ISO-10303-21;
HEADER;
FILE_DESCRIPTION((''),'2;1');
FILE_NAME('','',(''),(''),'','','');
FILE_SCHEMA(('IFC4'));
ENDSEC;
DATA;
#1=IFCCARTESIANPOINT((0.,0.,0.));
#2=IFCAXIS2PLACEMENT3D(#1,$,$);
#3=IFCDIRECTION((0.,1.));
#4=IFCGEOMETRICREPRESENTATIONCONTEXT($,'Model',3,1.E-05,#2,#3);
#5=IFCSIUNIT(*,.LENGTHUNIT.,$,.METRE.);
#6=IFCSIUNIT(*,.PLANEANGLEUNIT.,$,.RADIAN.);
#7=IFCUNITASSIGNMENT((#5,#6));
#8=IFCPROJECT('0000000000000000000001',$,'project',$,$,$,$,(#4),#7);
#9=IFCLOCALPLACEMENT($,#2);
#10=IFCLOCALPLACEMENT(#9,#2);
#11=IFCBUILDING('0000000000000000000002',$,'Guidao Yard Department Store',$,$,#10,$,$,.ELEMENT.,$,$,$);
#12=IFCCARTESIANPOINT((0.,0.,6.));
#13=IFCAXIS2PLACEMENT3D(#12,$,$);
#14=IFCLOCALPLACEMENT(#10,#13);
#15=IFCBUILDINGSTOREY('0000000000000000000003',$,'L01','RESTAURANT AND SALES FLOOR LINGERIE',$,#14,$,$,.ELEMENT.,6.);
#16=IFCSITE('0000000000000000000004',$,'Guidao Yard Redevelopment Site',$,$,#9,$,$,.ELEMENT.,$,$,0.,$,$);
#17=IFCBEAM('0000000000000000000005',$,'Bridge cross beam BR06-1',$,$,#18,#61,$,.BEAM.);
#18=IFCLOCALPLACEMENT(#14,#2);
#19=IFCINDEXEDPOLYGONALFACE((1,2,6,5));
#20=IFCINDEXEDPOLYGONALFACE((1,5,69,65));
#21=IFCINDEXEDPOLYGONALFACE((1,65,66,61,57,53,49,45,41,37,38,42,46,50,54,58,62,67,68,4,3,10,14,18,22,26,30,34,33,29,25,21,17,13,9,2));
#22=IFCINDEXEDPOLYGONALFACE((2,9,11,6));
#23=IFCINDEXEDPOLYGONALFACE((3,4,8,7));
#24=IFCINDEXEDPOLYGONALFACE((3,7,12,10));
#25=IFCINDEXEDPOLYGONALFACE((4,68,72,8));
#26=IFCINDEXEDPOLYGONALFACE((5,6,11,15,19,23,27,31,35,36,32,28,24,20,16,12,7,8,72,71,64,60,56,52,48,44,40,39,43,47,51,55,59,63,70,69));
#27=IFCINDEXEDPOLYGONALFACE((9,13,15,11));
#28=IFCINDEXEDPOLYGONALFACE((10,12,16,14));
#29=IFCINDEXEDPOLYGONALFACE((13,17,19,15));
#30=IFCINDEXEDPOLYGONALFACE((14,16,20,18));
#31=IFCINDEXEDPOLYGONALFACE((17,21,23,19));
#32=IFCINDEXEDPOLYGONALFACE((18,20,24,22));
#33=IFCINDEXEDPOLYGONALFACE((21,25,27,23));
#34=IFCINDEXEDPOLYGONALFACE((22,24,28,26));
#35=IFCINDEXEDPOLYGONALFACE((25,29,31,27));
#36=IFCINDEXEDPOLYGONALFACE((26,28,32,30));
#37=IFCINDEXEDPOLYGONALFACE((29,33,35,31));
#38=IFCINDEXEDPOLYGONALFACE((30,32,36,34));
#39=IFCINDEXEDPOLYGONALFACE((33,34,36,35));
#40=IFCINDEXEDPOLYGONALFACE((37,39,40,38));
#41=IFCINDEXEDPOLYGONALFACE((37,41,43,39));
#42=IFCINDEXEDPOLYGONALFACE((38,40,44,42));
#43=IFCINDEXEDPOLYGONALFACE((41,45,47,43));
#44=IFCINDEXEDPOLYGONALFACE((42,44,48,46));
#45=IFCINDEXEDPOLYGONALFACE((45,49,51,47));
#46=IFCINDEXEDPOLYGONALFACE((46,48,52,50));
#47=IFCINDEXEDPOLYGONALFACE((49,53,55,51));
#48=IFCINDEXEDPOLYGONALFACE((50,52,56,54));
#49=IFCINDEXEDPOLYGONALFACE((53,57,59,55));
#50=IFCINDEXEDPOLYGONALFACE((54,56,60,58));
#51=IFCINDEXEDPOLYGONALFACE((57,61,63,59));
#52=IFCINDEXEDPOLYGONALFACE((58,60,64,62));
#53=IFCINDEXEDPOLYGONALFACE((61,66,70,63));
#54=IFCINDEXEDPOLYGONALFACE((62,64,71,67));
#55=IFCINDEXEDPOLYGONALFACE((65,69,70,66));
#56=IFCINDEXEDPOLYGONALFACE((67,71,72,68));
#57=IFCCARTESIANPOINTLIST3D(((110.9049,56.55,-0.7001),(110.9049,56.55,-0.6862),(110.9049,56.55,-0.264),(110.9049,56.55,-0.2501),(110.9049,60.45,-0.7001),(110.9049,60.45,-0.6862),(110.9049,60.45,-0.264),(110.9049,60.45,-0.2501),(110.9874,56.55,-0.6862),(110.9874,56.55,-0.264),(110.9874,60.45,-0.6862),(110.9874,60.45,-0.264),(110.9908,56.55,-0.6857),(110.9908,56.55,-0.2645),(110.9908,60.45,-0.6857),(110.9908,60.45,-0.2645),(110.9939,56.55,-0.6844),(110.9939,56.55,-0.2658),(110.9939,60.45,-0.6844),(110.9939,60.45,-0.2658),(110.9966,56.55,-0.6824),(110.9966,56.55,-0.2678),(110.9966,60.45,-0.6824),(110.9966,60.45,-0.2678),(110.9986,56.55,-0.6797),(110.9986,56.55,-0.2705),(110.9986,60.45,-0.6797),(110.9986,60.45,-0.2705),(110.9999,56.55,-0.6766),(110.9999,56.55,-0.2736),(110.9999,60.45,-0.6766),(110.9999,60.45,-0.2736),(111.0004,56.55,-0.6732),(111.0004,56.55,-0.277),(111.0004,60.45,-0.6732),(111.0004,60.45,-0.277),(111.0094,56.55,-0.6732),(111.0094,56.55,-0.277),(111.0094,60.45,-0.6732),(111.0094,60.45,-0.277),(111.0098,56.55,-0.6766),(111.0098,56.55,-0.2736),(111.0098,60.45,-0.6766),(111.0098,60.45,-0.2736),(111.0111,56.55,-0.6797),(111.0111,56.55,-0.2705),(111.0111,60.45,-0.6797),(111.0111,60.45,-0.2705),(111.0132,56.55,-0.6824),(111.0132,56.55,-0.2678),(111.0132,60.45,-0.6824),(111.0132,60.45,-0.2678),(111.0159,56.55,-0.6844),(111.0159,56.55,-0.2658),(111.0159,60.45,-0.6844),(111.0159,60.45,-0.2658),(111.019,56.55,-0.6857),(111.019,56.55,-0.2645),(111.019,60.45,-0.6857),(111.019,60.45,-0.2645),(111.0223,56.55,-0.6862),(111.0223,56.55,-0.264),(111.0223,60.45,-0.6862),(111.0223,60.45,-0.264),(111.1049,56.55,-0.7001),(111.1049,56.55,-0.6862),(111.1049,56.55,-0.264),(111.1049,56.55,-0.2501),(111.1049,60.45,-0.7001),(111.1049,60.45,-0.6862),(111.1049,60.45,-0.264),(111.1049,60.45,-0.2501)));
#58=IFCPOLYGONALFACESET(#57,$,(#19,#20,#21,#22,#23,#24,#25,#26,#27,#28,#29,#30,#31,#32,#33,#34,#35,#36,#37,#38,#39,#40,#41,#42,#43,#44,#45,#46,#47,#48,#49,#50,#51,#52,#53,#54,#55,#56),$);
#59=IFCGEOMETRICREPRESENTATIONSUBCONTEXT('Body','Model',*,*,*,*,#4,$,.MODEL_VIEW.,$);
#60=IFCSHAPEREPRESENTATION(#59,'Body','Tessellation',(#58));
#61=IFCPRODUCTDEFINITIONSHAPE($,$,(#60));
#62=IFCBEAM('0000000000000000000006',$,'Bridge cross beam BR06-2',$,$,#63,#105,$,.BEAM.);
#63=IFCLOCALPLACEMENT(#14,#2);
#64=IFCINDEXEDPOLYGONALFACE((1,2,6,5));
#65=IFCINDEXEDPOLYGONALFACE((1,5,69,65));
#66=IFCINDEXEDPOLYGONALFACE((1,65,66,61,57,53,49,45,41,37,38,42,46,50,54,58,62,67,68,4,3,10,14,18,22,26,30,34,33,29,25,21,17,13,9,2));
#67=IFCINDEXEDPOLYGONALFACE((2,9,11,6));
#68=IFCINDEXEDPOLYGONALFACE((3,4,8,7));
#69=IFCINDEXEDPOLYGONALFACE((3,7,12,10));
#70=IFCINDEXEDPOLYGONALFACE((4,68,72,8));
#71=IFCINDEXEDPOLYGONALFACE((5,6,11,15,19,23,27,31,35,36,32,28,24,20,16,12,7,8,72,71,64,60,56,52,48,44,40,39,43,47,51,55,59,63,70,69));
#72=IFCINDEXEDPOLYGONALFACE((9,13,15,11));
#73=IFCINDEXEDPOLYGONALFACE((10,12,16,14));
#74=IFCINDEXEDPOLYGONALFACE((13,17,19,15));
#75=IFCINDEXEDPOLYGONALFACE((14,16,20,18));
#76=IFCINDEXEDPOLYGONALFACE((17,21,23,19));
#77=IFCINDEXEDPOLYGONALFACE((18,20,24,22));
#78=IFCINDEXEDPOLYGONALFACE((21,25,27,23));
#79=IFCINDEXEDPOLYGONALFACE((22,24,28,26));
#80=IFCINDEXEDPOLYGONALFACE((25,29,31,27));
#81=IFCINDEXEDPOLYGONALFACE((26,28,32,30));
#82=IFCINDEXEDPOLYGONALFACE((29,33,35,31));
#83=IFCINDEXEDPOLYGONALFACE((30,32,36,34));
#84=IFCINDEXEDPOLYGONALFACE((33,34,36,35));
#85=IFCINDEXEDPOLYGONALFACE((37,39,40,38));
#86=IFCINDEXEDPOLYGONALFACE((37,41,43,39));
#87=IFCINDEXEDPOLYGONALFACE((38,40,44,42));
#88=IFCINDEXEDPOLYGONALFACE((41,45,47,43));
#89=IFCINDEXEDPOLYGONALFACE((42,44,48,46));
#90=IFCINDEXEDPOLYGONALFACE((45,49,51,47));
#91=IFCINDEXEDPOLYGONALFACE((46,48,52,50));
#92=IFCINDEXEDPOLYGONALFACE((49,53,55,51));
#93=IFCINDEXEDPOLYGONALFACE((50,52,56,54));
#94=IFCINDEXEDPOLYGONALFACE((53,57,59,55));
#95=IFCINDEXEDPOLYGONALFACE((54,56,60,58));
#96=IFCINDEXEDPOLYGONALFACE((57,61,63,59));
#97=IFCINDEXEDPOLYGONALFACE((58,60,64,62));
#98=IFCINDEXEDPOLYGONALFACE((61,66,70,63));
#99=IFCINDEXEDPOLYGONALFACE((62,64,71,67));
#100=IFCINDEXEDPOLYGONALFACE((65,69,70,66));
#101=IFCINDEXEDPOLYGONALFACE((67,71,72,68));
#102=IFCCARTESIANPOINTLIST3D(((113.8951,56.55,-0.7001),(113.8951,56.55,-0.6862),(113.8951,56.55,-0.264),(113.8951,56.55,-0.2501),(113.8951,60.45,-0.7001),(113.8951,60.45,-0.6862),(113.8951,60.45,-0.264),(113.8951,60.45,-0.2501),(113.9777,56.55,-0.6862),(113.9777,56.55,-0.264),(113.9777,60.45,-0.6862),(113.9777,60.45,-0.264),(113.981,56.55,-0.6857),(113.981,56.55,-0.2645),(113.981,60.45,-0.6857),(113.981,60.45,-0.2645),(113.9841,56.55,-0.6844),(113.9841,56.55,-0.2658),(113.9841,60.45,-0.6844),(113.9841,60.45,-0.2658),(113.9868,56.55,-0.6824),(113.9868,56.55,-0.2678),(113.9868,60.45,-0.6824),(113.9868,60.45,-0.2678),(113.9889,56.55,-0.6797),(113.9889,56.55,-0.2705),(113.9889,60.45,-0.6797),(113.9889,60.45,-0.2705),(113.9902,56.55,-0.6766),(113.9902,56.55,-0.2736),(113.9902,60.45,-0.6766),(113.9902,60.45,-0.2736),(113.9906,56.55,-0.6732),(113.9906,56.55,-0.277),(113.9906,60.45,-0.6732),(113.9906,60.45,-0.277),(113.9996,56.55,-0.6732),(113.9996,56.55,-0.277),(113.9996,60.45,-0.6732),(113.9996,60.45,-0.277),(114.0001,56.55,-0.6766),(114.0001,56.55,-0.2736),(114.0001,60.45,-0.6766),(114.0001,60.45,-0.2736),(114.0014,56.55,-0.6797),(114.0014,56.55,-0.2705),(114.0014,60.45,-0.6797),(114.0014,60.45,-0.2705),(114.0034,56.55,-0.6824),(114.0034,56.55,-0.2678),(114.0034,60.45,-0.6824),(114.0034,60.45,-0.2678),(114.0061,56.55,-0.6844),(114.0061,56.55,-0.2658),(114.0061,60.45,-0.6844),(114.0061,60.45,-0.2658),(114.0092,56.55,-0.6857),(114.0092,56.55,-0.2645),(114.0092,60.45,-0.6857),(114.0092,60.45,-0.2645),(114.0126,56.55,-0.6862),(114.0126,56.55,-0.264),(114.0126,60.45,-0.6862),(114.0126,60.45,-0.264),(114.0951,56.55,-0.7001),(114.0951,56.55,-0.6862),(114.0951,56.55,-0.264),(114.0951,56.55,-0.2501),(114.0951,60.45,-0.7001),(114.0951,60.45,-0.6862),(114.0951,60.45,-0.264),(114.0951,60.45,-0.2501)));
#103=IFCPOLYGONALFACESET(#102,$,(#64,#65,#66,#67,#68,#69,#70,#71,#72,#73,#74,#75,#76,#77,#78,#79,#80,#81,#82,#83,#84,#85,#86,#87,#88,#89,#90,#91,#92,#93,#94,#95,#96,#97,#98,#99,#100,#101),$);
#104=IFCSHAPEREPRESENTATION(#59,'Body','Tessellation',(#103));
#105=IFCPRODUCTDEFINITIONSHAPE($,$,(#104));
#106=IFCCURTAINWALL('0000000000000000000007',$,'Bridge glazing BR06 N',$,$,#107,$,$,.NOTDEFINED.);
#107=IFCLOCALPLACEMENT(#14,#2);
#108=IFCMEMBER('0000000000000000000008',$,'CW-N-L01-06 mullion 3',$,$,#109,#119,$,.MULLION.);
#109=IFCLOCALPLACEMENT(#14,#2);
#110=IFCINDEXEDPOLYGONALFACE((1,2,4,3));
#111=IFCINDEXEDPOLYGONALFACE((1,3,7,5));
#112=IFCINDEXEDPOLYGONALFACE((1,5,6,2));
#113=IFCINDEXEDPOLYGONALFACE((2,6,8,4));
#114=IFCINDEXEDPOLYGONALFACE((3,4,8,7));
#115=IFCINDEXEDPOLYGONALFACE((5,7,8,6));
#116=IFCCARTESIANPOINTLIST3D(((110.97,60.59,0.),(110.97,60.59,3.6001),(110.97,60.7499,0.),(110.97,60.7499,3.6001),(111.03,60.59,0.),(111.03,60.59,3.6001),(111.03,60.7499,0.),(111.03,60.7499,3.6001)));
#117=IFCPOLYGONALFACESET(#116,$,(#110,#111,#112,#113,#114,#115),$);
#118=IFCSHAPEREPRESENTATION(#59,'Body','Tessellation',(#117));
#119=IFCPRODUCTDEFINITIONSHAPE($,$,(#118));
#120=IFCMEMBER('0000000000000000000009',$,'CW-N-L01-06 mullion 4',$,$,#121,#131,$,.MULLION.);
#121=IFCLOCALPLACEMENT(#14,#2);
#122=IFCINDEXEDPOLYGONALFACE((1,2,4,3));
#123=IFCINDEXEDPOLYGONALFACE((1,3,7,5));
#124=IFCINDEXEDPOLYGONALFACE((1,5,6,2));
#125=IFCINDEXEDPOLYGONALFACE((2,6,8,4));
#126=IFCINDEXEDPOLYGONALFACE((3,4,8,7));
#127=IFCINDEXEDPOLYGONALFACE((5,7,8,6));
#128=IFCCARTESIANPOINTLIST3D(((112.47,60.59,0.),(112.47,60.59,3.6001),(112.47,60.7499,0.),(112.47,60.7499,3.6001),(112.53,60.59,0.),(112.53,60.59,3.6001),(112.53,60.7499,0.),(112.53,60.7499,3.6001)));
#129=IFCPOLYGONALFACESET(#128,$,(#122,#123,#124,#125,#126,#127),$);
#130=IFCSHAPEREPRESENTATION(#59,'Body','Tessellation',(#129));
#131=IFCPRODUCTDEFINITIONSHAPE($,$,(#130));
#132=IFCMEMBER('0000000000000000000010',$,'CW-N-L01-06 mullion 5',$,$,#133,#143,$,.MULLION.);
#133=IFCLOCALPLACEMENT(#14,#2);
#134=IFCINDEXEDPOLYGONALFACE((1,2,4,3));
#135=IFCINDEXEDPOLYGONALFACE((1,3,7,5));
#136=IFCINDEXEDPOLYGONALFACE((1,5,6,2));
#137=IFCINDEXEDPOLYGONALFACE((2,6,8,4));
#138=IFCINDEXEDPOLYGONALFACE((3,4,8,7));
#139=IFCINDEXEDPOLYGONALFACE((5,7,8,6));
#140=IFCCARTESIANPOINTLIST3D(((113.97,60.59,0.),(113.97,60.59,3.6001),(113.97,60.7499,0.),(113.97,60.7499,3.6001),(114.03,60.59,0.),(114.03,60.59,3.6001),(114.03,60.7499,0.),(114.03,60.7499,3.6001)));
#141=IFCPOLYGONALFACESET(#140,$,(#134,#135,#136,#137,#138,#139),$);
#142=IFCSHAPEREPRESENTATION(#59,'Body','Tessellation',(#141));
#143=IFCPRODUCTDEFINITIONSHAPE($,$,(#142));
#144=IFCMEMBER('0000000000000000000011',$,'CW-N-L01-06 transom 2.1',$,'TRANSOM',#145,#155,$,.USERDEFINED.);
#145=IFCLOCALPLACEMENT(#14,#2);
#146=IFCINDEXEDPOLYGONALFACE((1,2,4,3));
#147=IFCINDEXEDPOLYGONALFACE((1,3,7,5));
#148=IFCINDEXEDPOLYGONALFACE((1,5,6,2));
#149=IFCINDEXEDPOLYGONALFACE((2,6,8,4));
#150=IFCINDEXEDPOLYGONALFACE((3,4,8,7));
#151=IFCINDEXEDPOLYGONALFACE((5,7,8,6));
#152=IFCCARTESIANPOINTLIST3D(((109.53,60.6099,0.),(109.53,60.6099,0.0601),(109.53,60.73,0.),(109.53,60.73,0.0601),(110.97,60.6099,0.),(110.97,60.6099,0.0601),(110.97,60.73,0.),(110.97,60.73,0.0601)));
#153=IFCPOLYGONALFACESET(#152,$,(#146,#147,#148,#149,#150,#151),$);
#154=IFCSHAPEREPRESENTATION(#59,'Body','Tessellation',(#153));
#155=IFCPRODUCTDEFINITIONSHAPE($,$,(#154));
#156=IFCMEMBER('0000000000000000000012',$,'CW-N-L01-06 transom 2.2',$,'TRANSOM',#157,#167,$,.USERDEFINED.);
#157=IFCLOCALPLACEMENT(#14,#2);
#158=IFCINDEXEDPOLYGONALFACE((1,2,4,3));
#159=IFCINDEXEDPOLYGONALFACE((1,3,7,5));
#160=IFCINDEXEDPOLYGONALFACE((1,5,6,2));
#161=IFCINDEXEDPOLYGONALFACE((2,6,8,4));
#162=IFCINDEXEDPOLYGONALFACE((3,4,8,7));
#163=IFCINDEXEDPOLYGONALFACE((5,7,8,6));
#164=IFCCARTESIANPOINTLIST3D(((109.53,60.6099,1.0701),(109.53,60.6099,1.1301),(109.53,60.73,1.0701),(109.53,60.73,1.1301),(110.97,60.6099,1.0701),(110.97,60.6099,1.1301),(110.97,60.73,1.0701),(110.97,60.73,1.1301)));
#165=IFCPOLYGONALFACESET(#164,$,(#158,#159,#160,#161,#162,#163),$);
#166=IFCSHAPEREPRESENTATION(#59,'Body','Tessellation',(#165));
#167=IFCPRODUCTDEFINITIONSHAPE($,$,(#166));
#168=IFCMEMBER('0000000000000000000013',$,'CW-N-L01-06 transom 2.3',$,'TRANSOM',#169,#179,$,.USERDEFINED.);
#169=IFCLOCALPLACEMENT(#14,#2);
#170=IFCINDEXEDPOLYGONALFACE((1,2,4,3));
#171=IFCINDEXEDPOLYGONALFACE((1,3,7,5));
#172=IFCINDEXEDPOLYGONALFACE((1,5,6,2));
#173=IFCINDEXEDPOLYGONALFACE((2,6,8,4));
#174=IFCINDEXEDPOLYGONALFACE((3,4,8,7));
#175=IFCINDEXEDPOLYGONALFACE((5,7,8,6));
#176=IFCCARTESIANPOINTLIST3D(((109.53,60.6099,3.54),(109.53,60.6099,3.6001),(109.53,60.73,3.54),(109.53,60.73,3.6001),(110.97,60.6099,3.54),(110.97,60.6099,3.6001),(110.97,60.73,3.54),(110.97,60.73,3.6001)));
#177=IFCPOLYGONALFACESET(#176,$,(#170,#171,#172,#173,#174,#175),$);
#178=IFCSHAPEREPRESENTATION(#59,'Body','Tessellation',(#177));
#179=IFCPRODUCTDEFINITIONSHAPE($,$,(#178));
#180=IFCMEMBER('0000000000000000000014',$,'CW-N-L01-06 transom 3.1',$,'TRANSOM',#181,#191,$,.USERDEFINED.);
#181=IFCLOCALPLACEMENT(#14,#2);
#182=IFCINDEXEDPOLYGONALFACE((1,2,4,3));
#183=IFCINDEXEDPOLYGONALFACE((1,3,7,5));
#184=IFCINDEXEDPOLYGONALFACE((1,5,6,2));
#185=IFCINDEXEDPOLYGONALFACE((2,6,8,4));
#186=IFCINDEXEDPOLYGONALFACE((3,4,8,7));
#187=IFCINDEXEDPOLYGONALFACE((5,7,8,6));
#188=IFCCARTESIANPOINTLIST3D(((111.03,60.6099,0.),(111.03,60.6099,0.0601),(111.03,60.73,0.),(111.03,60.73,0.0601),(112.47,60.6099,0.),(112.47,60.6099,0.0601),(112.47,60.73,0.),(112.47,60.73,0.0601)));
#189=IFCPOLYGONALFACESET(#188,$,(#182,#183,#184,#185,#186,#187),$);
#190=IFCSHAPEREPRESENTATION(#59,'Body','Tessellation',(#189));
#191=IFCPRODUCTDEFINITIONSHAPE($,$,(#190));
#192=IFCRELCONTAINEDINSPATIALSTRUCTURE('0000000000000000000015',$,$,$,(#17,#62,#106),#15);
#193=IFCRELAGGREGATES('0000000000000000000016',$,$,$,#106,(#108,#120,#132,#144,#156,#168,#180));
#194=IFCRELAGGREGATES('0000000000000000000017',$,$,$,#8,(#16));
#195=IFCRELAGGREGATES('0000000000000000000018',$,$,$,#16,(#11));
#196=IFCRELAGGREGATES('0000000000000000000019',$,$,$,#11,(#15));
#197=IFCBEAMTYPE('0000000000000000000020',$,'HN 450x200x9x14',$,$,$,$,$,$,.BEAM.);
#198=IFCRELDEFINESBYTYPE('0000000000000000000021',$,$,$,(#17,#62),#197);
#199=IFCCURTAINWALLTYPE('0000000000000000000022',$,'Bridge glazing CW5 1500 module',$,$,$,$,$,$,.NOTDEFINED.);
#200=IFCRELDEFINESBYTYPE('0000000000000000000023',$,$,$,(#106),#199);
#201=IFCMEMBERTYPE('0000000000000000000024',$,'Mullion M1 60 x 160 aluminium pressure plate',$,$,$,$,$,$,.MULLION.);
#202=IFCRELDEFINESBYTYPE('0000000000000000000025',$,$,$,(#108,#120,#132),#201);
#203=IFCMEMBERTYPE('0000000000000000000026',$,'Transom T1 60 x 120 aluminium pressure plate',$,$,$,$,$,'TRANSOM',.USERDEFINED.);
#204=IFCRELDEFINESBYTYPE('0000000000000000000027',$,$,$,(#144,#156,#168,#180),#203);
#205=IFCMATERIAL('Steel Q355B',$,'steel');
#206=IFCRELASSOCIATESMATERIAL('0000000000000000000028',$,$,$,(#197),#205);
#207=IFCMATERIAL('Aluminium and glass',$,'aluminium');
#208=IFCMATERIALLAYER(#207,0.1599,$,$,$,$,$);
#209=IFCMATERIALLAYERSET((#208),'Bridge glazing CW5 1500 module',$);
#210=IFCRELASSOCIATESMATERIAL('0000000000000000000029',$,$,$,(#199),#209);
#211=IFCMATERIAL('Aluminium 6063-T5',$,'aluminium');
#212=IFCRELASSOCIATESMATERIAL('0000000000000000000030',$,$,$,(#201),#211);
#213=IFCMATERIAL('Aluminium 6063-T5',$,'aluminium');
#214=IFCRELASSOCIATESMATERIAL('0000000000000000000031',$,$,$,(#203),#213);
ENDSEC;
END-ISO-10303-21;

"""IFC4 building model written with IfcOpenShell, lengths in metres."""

from ifc_helpers import new_model, si_unit, direction, frame, origin, origin_2d, place, context, subcontext, project, spatial, rectangle, i_section, extrude, material, layer, layer_set, material_profile, profile_set, type_object, element, aggregate, save


model = new_model("IFC4")

# Units and contexts
model_context = context("Model", 3, precision=1e-05, world=origin(), true_north=direction((0.0, 1.0)))
body_context = subcontext(model_context, "Body", "Model", "MODEL_VIEW")
ifc_project = project(units=[si_unit("LENGTHUNIT", "METRE"), si_unit("PLANEANGLEUNIT", "RADIAN")], contexts=[model_context])

# Site, building, storey
site_placement = place(None, origin())
site = spatial("IfcSite", under=ifc_project, at=site_placement, Name="Guidao Yard Redevelopment Site", CompositionType="ELEMENT", RefElevation=0.0)
building_placement = place(site_placement, origin())
building = spatial("IfcBuilding", under=site, at=building_placement, Name="Guidao Yard Department Store", CompositionType="ELEMENT")
storey_placement = place(building_placement, frame((0.0, 0.0, 6.0)))
storey = spatial("IfcBuildingStorey", under=building, at=storey_placement, Name="L01", Description="RESTAURANT AND SALES FLOOR LINGERIE", CompositionType="ELEMENT", Elevation=6.0)

# Beams
ifc_material_1 = material(Name="Steel Q355B", Category="steel")
ifc_material_profile_1 = material_profile(ifc_material_1, i_section(OverallWidth=0.2, OverallDepth=0.45, WebThickness=0.009, FlangeThickness=0.0139, FilletRadius=0.0129, at=origin_2d()), Name="HN 450x200x9x14")
ifc_profile_set_1 = profile_set([ifc_material_profile_1], Name="Steel Q355B")
beam_type = type_object("IfcBeamType", Name="HN 450x200x9x14", PredefinedType="BEAM", material=ifc_profile_set_1)
for number, where, z_axis, x_axis, name in (
    (1, (111.0049, 56.55, -0.4751), (0.0, 1.0, 0.0), (-1.0, 0.0, 0.0), "Bridge cross beam BR06-1"),
    (2, (113.9951, 56.55, -0.4751), (0.0, 1.0, 0.0), (-1.0, 0.0, 0.0), "Bridge cross beam BR06-2"),
):
    element("IfcBeam", number, at=place(storey_placement, frame(where, z_axis=z_axis, x_axis=x_axis)), inside=storey, type_object=beam_type, Name=name, PredefinedType="BEAM", context=body_context, shape_type="SweptSolid", body=[
        extrude(i_section(OverallWidth=0.2, OverallDepth=0.45, WebThickness=0.009, FlangeThickness=0.0139, FilletRadius=0.0129, at=origin_2d()), origin(), (0.0, 0.0, 1.0), 3.8999),
    ])

# Curtain wall, members
ifc_material_2 = material(Name="Aluminium and glass", Category="aluminium")
ifc_layer_1 = layer(ifc_material_2, 0.1599)
ifc_layer_set_1 = layer_set([ifc_layer_1], Name="Bridge glazing CW5 1500 module")
curtain_wall_type = type_object("IfcCurtainWallType", Name="Bridge glazing CW5 1500 module", PredefinedType="NOTDEFINED", material=ifc_layer_set_1)
curtain_wall_1_placement = place(storey_placement, origin())
curtain_wall_1 = element("IfcCurtainWall", 3, at=curtain_wall_1_placement, inside=storey, type_object=curtain_wall_type, Name="Bridge glazing BR06 N", PredefinedType="NOTDEFINED")
ifc_material_3 = material(Name="Aluminium 6063-T5", Category="aluminium")
ifc_material_profile_2 = material_profile(ifc_material_3, rectangle(XDim=0.0601, YDim=0.1599, at=origin_2d()), Name="Mullion M1 60 x 160 aluminium pressure plate")
ifc_profile_set_2 = profile_set([ifc_material_profile_2], Name="Aluminium 6063-T5")
member_type_1 = type_object("IfcMemberType", Name="Mullion M1 60 x 160 aluminium pressure plate", PredefinedType="MULLION", material=ifc_profile_set_2)
member_1_placement = place(storey_placement, frame((111.0, 60.6699, 0.0), z_axis=(0.0, 0.0, 1.0), x_axis=(1.0, 0.0, 0.0)))
member_1 = element("IfcMember", 4, at=member_1_placement, type_object=member_type_1, Name="CW-N-L01-06 mullion 3", PredefinedType="MULLION", context=body_context, shape_type="SweptSolid", body=[
    extrude(rectangle(XDim=0.0601, YDim=0.1599, at=origin_2d()), origin(), (0.0, 0.0, 1.0), 3.6001),
])
member_2_placement = place(storey_placement, frame((112.5, 60.6699, 0.0), z_axis=(0.0, 0.0, 1.0), x_axis=(1.0, 0.0, 0.0)))
member_2 = element("IfcMember", 5, at=member_2_placement, type_object=member_type_1, Name="CW-N-L01-06 mullion 4", PredefinedType="MULLION", context=body_context, shape_type="SweptSolid", body=[
    extrude(rectangle(XDim=0.0601, YDim=0.1599, at=origin_2d()), origin(), (0.0, 0.0, 1.0), 3.6001),
])
member_3_placement = place(storey_placement, frame((114.0, 60.6699, 0.0), z_axis=(0.0, 0.0, 1.0), x_axis=(1.0, 0.0, 0.0)))
member_3 = element("IfcMember", 6, at=member_3_placement, type_object=member_type_1, Name="CW-N-L01-06 mullion 5", PredefinedType="MULLION", context=body_context, shape_type="SweptSolid", body=[
    extrude(rectangle(XDim=0.0601, YDim=0.1599, at=origin_2d()), origin(), (0.0, 0.0, 1.0), 3.6001),
])
ifc_material_4 = material(Name="Aluminium 6063-T5", Category="aluminium")
ifc_material_profile_3 = material_profile(ifc_material_4, rectangle(XDim=0.1201, YDim=0.0601, at=origin_2d()), Name="Transom T1 60 x 120 aluminium pressure plate")
ifc_profile_set_3 = profile_set([ifc_material_profile_3], Name="Aluminium 6063-T5")
member_type_2 = type_object("IfcMemberType", Name="Transom T1 60 x 120 aluminium pressure plate", ElementType="TRANSOM", PredefinedType="USERDEFINED", material=ifc_profile_set_3)
member_4_placement = place(storey_placement, frame((109.53, 60.6699, 0.03), z_axis=(1.0, 0.0, 0.0), x_axis=(0.0, 1.0, 0.0)))
member_4 = element("IfcMember", 7, at=member_4_placement, type_object=member_type_2, Name="CW-N-L01-06 transom 2.1", ObjectType="TRANSOM", PredefinedType="USERDEFINED", context=body_context, shape_type="SweptSolid", body=[
    extrude(rectangle(XDim=0.1201, YDim=0.0601, at=origin_2d()), origin(), (0.0, 0.0, 1.0), 1.4399),
])
member_5_placement = place(storey_placement, frame((109.53, 60.6699, 1.1001), z_axis=(1.0, 0.0, 0.0), x_axis=(0.0, 1.0, 0.0)))
member_5 = element("IfcMember", 8, at=member_5_placement, type_object=member_type_2, Name="CW-N-L01-06 transom 2.2", ObjectType="TRANSOM", PredefinedType="USERDEFINED", context=body_context, shape_type="SweptSolid", body=[
    extrude(rectangle(XDim=0.1201, YDim=0.0601, at=origin_2d()), origin(), (0.0, 0.0, 1.0), 1.4399),
])
member_6_placement = place(storey_placement, frame((109.53, 60.6699, 3.5701), z_axis=(1.0, 0.0, 0.0), x_axis=(0.0, 1.0, 0.0)))
member_6 = element("IfcMember", 9, at=member_6_placement, type_object=member_type_2, Name="CW-N-L01-06 transom 2.3", ObjectType="TRANSOM", PredefinedType="USERDEFINED", context=body_context, shape_type="SweptSolid", body=[
    extrude(rectangle(XDim=0.1201, YDim=0.0601, at=origin_2d()), origin(), (0.0, 0.0, 1.0), 1.4399),
])
member_7_placement = place(storey_placement, frame((111.03, 60.6699, 0.03), z_axis=(1.0, 0.0, 0.0), x_axis=(0.0, 1.0, 0.0)))
member_7 = element("IfcMember", 10, at=member_7_placement, type_object=member_type_2, Name="CW-N-L01-06 transom 3.1", ObjectType="TRANSOM", PredefinedType="USERDEFINED", context=body_context, shape_type="SweptSolid", body=[
    extrude(rectangle(XDim=0.1201, YDim=0.0601, at=origin_2d()), origin(), (0.0, 0.0, 1.0), 1.4399),
])

aggregate(curtain_wall_1, [member_1, member_2, member_3, member_4, member_5, member_6, member_7])

save(model, "model.ifc")
